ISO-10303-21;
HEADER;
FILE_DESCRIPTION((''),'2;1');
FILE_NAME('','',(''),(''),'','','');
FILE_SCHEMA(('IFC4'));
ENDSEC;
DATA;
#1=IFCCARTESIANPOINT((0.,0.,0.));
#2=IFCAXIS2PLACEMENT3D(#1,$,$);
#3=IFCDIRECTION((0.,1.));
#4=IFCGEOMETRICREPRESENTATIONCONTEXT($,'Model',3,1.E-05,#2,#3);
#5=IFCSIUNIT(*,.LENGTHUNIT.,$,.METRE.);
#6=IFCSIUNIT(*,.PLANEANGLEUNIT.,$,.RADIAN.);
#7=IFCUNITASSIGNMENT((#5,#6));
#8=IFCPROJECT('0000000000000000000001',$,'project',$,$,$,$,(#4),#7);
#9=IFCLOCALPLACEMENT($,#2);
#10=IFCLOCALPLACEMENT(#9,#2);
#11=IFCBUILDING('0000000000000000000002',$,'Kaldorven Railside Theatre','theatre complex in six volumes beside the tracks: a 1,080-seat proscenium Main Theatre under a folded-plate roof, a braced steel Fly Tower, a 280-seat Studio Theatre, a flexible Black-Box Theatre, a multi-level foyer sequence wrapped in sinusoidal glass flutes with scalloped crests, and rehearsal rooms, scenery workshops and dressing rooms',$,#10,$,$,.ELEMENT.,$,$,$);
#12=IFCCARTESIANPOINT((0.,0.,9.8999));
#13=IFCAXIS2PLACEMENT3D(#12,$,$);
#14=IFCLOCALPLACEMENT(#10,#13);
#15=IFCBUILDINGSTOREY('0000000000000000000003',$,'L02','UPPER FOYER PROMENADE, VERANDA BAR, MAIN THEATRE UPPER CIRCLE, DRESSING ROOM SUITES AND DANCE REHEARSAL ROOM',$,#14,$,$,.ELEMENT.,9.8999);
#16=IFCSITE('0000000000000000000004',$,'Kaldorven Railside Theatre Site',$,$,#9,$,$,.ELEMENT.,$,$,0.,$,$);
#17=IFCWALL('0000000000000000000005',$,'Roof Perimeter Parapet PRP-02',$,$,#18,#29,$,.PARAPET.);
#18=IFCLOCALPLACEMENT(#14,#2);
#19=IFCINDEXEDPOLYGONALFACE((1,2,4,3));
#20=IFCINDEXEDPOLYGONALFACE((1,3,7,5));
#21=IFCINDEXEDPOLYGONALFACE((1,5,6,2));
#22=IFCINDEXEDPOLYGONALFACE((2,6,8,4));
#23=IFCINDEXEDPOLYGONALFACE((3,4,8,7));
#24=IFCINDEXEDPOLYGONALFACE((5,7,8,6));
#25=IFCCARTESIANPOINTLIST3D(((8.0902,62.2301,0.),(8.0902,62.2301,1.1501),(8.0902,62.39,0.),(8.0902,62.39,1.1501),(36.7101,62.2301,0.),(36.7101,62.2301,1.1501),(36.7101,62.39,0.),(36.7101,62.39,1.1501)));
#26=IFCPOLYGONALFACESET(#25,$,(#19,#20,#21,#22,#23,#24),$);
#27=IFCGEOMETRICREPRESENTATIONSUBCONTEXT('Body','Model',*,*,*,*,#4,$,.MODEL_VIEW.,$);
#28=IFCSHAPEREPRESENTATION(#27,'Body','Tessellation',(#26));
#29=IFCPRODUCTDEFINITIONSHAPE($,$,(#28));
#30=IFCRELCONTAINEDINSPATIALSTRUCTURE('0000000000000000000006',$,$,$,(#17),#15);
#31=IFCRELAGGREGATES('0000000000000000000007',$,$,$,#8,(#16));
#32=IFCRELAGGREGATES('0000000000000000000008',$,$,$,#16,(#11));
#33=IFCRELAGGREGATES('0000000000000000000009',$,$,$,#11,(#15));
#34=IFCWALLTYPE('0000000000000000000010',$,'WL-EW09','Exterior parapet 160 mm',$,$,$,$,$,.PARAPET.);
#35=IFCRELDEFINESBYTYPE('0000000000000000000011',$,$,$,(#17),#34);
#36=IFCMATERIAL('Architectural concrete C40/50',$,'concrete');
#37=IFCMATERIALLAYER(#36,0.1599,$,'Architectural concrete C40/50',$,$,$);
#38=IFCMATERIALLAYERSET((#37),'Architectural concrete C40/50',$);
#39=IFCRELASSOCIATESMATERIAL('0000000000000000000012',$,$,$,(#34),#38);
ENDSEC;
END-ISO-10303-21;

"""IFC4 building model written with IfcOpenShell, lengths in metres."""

from ifc_helpers import new_model, si_unit, direction, frame, frame_2d, origin, place, context, subcontext, project, spatial, rectangle, extrude, material, layer, layer_set, type_object, element, save


model = new_model("IFC4")

# Units and contexts
model_context = context("Model", 3, precision=1e-05, world=origin(), true_north=direction((0.0, 1.0)))
body_context = subcontext(model_context, "Body", "Model", "MODEL_VIEW")
ifc_project = project(units=[si_unit("LENGTHUNIT", "METRE"), si_unit("PLANEANGLEUNIT", "RADIAN")], contexts=[model_context])

# Site, building, storey
site_placement = place(None, origin())
site = spatial("IfcSite", under=ifc_project, at=site_placement, Name="Kaldorven Railside Theatre Site", CompositionType="ELEMENT", RefElevation=0.0)
building_placement = place(site_placement, origin())
building = spatial("IfcBuilding", under=site, at=building_placement, Name="Kaldorven Railside Theatre", Description="theatre complex in six volumes beside the tracks: a 1,080-seat proscenium Main Theatre under a folded-plate roof, a braced steel Fly Tower, a 280-seat Studio Theatre, a flexible Black-Box Theatre, a multi-level foyer sequence wrapped in sinusoidal glass flutes with scalloped crests, and rehearsal rooms, scenery workshops and dressing rooms", CompositionType="ELEMENT")
storey_placement = place(building_placement, frame((0.0, 0.0, 9.8999)))
storey = spatial("IfcBuildingStorey", under=building, at=storey_placement, Name="L02", Description="UPPER FOYER PROMENADE, VERANDA BAR, MAIN THEATRE UPPER CIRCLE, DRESSING ROOM SUITES AND DANCE REHEARSAL ROOM", CompositionType="ELEMENT", Elevation=9.8999)

# Wall
ifc_material_1 = material(Name="Architectural concrete C40/50", Category="concrete")
ifc_layer_1 = layer(ifc_material_1, 0.1599, Name="Architectural concrete C40/50")
ifc_layer_set_1 = layer_set([ifc_layer_1], Name="Architectural concrete C40/50")
wall_type_1 = type_object("IfcWallType", Name="WL-EW09", Description="Exterior parapet 160 mm", PredefinedType="PARAPET", material=ifc_layer_set_1)
wall_1_placement = place(storey_placement, frame((8.0901, 62.3101, 0.0), z_axis=(0.0, 0.0, 1.0), x_axis=(1.0, 0.0, 0.0)))
element("IfcWall", 1, at=wall_1_placement, inside=storey, type_object=wall_type_1, Name="Roof Perimeter Parapet PRP-02", PredefinedType="PARAPET", context=body_context, shape_type="SweptSolid", body=[
    extrude(rectangle(XDim=28.6199, YDim=0.1599, at=frame_2d((14.3101, 0.0))), origin(), (0.0, 0.0, 1.0), 1.1501),
])

save(model, "model.ifc")
